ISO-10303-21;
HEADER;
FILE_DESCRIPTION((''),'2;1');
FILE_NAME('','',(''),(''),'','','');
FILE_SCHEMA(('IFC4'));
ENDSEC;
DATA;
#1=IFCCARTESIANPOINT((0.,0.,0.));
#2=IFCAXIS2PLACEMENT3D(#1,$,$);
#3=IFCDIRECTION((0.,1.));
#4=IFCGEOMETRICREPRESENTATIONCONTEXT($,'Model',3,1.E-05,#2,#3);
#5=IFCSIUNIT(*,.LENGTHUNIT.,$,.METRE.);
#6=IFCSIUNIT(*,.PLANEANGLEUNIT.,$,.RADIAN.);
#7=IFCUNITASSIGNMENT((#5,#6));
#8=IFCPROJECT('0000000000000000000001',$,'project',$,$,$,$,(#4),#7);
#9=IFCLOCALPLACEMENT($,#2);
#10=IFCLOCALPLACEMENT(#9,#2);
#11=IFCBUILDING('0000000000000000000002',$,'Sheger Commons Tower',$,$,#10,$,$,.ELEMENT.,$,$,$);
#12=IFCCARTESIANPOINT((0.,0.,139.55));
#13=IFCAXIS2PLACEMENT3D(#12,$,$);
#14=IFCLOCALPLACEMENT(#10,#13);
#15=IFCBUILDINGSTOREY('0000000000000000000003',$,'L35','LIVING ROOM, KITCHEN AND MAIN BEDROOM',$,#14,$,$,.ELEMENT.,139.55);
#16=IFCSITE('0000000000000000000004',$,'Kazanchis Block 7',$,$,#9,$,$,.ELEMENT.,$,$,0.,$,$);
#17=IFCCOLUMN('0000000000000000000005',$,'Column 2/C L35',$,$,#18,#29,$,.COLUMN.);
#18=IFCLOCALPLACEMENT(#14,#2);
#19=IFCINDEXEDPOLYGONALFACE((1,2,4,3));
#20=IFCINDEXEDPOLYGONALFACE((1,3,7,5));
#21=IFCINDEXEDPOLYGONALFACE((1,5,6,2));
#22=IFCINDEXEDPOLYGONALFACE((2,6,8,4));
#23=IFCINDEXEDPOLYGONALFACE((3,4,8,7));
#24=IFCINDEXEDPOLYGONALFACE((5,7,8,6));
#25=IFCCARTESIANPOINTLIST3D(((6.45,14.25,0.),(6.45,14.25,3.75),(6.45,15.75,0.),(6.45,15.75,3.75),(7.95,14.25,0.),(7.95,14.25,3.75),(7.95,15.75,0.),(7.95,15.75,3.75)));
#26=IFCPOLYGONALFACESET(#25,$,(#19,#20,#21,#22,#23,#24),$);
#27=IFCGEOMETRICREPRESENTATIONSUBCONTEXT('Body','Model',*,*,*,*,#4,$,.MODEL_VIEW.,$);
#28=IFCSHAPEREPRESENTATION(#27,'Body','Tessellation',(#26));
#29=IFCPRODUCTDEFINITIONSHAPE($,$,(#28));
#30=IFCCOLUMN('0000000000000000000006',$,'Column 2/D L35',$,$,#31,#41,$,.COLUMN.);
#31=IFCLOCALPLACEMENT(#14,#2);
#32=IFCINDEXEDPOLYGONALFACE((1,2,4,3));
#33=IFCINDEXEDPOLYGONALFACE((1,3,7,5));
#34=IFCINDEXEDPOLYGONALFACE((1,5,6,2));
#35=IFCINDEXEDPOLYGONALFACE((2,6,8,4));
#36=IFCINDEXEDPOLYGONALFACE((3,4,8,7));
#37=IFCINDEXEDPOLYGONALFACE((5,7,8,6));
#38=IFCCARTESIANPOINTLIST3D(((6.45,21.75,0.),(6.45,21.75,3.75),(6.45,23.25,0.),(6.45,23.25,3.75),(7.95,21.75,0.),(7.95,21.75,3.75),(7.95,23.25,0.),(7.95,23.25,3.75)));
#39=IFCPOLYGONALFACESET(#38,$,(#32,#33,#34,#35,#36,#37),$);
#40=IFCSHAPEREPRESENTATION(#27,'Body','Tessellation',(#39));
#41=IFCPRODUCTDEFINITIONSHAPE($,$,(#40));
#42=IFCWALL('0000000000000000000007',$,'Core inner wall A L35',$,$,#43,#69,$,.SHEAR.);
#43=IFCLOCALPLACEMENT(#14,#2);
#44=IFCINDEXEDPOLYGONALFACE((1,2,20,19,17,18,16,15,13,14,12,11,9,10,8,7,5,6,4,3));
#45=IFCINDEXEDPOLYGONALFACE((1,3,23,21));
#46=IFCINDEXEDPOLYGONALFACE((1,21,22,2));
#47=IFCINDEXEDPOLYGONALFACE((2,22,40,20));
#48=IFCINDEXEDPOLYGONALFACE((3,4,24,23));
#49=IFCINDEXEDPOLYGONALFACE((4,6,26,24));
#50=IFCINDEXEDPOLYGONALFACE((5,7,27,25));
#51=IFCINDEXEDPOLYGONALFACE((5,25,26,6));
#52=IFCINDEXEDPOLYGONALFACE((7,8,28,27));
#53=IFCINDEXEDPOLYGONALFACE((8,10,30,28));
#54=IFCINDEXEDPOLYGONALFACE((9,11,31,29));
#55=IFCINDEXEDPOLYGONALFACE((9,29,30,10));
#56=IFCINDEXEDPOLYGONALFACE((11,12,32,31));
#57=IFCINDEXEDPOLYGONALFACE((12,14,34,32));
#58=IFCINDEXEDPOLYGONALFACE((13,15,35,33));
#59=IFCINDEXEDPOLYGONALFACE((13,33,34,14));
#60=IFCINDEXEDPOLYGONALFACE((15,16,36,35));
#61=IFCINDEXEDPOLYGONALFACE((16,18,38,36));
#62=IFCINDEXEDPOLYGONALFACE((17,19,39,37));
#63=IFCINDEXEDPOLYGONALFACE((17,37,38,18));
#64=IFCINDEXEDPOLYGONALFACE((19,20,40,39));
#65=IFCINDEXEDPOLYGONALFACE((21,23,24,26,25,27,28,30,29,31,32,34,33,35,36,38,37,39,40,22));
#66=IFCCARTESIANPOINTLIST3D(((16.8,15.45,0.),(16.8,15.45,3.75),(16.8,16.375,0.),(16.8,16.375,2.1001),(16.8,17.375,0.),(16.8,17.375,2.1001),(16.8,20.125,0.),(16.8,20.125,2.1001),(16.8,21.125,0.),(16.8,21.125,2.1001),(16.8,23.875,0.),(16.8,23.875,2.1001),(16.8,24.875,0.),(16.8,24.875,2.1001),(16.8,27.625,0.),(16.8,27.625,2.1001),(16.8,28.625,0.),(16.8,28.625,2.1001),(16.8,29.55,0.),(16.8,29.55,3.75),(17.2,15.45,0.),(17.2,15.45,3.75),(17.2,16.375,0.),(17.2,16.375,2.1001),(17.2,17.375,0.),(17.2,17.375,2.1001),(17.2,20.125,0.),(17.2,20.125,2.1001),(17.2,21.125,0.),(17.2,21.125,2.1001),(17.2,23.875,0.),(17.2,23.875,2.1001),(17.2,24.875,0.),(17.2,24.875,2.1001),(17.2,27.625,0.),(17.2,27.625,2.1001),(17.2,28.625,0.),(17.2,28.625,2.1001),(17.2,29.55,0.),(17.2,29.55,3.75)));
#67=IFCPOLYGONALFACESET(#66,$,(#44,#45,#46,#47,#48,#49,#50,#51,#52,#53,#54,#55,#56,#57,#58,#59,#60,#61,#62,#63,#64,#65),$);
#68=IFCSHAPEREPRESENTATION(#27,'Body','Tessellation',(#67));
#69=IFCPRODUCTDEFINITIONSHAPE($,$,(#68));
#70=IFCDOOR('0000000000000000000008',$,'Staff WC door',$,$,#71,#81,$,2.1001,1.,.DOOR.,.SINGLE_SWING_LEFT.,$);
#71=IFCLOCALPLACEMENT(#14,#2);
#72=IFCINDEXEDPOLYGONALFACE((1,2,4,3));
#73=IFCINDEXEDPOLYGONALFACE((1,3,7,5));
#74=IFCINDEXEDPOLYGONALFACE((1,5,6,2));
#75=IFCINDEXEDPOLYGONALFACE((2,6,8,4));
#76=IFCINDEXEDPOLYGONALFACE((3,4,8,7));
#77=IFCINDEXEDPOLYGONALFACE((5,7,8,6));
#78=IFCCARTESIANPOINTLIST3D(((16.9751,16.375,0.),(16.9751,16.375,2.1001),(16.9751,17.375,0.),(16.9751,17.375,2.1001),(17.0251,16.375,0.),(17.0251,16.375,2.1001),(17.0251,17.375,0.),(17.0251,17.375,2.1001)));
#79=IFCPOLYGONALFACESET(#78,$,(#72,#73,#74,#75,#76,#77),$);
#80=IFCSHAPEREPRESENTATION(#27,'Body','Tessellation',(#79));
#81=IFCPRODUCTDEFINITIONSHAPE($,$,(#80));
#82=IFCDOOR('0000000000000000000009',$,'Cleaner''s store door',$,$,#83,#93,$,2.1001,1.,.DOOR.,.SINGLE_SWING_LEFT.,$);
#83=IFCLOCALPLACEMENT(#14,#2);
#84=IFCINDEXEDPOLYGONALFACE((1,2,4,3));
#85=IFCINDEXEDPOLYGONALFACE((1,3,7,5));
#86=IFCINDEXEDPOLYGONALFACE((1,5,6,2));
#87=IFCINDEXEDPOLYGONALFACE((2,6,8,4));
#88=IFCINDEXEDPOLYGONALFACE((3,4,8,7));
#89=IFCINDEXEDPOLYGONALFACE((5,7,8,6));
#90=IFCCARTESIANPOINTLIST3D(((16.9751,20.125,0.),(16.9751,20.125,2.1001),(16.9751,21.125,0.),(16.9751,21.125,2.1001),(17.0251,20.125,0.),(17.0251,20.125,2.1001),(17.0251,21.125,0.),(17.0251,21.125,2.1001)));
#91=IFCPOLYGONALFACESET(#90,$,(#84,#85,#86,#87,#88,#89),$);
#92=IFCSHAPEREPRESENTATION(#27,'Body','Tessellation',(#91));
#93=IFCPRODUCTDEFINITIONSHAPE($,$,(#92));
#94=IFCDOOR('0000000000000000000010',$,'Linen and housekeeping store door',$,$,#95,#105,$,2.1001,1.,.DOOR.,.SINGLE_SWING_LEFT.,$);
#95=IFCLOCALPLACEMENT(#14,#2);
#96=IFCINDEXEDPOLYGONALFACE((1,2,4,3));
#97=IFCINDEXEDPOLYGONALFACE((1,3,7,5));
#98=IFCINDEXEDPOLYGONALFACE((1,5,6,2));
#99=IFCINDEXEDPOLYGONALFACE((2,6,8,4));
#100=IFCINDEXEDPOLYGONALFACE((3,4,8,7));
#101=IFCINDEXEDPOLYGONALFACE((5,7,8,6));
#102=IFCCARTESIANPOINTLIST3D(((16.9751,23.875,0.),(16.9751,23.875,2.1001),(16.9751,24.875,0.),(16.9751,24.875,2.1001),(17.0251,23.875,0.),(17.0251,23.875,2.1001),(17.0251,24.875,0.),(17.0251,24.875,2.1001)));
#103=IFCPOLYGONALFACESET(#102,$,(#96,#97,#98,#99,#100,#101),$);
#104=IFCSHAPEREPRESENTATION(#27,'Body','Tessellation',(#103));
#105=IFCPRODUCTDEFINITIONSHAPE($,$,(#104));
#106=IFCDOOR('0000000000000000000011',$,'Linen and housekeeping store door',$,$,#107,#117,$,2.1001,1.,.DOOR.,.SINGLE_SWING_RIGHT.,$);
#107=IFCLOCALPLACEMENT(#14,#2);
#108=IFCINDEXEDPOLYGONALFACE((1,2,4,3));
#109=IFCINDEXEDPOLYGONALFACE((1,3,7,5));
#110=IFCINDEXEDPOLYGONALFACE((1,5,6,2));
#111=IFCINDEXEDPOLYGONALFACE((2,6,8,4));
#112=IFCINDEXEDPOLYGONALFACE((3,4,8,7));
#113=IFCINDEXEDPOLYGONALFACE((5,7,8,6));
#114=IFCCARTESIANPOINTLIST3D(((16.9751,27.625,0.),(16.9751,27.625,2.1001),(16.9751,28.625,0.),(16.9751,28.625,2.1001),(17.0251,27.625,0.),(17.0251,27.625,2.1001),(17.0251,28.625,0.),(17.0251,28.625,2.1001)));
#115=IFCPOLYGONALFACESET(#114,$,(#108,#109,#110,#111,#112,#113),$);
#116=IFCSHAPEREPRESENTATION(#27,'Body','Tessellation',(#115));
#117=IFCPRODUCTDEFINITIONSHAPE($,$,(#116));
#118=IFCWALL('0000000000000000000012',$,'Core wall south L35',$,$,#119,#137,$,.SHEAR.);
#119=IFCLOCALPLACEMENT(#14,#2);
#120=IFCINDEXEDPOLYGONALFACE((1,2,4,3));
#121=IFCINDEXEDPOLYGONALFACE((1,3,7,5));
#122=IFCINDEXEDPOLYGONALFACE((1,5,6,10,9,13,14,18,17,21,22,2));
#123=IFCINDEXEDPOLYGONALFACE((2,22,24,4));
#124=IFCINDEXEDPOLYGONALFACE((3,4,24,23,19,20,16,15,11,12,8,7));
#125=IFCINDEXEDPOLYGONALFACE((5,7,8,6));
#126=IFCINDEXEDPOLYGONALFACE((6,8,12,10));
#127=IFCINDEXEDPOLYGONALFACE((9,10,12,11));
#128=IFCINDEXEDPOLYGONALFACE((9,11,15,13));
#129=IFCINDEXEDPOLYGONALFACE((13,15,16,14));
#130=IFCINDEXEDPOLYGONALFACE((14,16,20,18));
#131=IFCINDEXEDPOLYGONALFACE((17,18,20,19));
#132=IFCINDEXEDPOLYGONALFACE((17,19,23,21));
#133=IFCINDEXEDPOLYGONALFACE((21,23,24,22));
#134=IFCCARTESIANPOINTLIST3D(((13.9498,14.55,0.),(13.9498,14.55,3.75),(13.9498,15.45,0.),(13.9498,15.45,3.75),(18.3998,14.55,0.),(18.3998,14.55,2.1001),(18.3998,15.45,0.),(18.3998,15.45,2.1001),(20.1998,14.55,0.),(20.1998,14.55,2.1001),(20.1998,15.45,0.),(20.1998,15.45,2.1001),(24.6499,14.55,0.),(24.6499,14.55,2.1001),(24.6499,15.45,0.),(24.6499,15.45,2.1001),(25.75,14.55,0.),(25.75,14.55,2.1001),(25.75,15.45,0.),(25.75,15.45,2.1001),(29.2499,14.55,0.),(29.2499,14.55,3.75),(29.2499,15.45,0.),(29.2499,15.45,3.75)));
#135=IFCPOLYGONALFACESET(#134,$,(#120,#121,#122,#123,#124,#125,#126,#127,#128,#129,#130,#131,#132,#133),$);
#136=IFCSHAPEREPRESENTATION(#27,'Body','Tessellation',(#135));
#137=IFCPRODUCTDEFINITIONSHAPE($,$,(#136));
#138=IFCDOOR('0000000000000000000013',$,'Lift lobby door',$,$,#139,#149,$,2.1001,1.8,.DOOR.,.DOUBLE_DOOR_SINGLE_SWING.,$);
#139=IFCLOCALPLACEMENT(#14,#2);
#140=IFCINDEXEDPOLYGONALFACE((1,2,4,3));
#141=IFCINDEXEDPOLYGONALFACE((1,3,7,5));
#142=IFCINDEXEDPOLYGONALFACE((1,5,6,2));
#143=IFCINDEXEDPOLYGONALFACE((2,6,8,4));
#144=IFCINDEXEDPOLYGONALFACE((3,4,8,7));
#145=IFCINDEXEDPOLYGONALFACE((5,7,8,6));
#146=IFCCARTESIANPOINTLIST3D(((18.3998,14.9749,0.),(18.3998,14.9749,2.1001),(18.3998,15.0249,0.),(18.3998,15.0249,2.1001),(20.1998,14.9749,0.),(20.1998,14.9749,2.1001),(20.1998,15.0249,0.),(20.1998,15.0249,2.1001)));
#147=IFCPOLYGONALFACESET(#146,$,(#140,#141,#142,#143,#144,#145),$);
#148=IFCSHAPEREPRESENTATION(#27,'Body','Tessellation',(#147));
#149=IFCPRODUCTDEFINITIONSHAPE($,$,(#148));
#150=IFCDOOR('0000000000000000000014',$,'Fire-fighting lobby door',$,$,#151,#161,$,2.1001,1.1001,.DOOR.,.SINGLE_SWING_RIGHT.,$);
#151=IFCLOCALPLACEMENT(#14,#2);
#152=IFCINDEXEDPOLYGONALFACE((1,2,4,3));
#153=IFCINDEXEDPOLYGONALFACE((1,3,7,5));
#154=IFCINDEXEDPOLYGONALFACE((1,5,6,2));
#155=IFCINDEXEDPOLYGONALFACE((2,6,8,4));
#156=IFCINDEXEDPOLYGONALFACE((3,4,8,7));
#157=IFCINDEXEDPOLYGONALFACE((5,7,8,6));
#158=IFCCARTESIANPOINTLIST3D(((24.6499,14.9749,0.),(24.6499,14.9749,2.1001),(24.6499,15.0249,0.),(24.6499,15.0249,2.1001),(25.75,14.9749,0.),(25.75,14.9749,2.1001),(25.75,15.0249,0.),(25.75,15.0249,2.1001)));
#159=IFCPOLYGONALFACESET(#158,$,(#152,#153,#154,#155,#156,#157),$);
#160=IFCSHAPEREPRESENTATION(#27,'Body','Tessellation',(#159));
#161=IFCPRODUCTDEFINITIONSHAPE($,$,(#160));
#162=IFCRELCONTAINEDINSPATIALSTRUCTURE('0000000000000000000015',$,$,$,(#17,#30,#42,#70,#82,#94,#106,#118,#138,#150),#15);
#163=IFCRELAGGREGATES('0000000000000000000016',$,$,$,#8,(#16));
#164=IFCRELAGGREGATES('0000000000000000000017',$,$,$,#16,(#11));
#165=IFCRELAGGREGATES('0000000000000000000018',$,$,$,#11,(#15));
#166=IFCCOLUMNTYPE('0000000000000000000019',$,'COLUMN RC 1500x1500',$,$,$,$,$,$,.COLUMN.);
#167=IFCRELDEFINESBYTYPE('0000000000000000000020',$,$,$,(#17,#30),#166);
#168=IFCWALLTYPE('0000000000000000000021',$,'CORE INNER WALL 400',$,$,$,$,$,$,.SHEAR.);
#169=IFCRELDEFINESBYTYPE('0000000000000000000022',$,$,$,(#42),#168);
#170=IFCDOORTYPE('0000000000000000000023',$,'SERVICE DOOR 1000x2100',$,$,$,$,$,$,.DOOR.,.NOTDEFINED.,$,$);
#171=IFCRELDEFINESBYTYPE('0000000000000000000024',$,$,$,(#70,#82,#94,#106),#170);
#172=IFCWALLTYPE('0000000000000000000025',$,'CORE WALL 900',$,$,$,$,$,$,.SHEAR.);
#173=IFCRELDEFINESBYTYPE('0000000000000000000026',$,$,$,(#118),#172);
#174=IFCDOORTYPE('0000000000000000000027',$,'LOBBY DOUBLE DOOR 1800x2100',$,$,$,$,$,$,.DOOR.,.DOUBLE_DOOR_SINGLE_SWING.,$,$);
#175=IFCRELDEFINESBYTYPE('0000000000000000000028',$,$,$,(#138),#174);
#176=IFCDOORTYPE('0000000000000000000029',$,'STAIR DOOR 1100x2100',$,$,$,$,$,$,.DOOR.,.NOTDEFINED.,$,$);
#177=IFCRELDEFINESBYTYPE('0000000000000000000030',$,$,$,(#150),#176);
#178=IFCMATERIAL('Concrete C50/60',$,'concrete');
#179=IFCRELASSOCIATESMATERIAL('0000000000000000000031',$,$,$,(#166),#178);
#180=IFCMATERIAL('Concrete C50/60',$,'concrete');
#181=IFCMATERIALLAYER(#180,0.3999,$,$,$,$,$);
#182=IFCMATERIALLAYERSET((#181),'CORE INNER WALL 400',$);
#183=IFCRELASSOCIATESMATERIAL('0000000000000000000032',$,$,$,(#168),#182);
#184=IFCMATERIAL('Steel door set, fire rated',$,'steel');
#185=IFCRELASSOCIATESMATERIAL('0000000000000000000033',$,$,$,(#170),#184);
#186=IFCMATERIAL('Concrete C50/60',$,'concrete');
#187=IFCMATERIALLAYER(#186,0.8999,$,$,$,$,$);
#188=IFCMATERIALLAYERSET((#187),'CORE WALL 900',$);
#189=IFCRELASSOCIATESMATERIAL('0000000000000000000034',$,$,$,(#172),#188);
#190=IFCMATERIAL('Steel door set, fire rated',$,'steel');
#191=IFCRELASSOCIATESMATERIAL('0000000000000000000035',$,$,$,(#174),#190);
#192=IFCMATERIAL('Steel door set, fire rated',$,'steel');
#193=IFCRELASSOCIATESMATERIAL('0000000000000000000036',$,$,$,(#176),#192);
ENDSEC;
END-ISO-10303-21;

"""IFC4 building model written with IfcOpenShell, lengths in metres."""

from ifc_helpers import new_model, si_unit, direction, frame, frame_2d, origin, origin_2d, place, context, subcontext, project, spatial, rectangle, extrude, material, layer, layer_set, material_profile, profile_set, type_object, element, fill, save


model = new_model("IFC4")

# Units and contexts
model_context = context("Model", 3, precision=1e-05, world=origin(), true_north=direction((0.0, 1.0)))
body_context = subcontext(model_context, "Body", "Model", "MODEL_VIEW")
ifc_project = project(units=[si_unit("LENGTHUNIT", "METRE"), si_unit("PLANEANGLEUNIT", "RADIAN")], contexts=[model_context])

# Site, building, storey
site_placement = place(None, origin())
site = spatial("IfcSite", under=ifc_project, at=site_placement, Name="Kazanchis Block 7", CompositionType="ELEMENT", RefElevation=0.0)
building_placement = place(site_placement, origin())
building = spatial("IfcBuilding", under=site, at=building_placement, Name="Sheger Commons Tower", CompositionType="ELEMENT")
storey_placement = place(building_placement, frame((0.0, 0.0, 139.55)))
storey = spatial("IfcBuildingStorey", under=building, at=storey_placement, Name="L35", Description="LIVING ROOM, KITCHEN AND MAIN BEDROOM", CompositionType="ELEMENT", Elevation=139.55)

# Columns
ifc_material_1 = material(Name="Concrete C50/60", Category="concrete")
ifc_material_profile = material_profile(ifc_material_1, rectangle(XDim=1.5, YDim=1.5, at=origin_2d()), Name="RC 1500x1500")
ifc_profile_set = profile_set([ifc_material_profile], Name="Concrete C50/60")
column_type = type_object("IfcColumnType", Name="COLUMN RC 1500x1500", PredefinedType="COLUMN", material=ifc_profile_set)
for number, where, z_axis, x_axis, name in (
    (1, (7.2, 15.0, 0.0), (0.0, 0.0, 1.0), (1.0, 0.0, 0.0), "Column 2/C L35"),
    (2, (7.2, 22.5, 0.0), (0.0, 0.0, 1.0), (1.0, 0.0, 0.0), "Column 2/D L35"),
):
    element("IfcColumn", number, at=place(storey_placement, frame(where, z_axis=z_axis, x_axis=x_axis)), inside=storey, type_object=column_type, Name=name, PredefinedType="COLUMN", context=body_context, shape_type="SweptSolid", body=[
        extrude(rectangle(XDim=1.5, YDim=1.5, at=origin_2d()), origin(), (0.0, 0.0, 1.0), 3.75),
    ])

# Walls, openings, doors
ifc_material_2 = material(Name="Concrete C50/60", Category="concrete")
ifc_layer_1 = layer(ifc_material_2, 0.3999)
ifc_layer_set_1 = layer_set([ifc_layer_1], Name="CORE INNER WALL 400")
wall_type_1 = type_object("IfcWallType", Name="CORE INNER WALL 400", PredefinedType="SHEAR", material=ifc_layer_set_1)
wall_1_placement = place(storey_placement, frame((17.0, 15.45, 0.0), z_axis=(0.0, 0.0, 1.0), x_axis=(0.0, 1.0, 0.0)))
wall_1 = element("IfcWall", 3, at=wall_1_placement, inside=storey, type_object=wall_type_1, Name="Core inner wall A L35", PredefinedType="SHEAR", context=body_context, shape_type="SweptSolid", body=[
    extrude(rectangle(XDim=14.1001, YDim=0.3999, at=frame_2d((7.05, 0.0))), origin(), (0.0, 0.0, 1.0), 3.75),
])
opening_1_placement = place(wall_1_placement, frame((0.925, 0.0, 0.0)))
opening_1 = element("IfcOpeningElement", 4, at=opening_1_placement, cuts=wall_1, PredefinedType="OPENING", context=body_context, shape_type="SweptSolid", body=[
    extrude(rectangle(XDim=1.0, YDim=2.1001, at=frame_2d((0.5, 1.05))), frame((0.0, 0.21, 0.0), z_axis=(0.0, -1.0, 0.0), x_axis=(1.0, 0.0, 0.0)), (0.0, 0.0, 1.0), 0.4199),
])
opening_2_placement = place(wall_1_placement, frame((4.675, 0.0, 0.0)))
opening_2 = element("IfcOpeningElement", 5, at=opening_2_placement, cuts=wall_1, PredefinedType="OPENING", context=body_context, shape_type="SweptSolid", body=[
    extrude(rectangle(XDim=1.0, YDim=2.1001, at=frame_2d((0.5, 1.05))), frame((0.0, 0.21, 0.0), z_axis=(0.0, -1.0, 0.0), x_axis=(1.0, 0.0, 0.0)), (0.0, 0.0, 1.0), 0.4199),
])
opening_3_placement = place(wall_1_placement, frame((8.425, 0.0, 0.0)))
opening_3 = element("IfcOpeningElement", 6, at=opening_3_placement, cuts=wall_1, PredefinedType="OPENING", context=body_context, shape_type="SweptSolid", body=[
    extrude(rectangle(XDim=1.0, YDim=2.1001, at=frame_2d((0.5, 1.05))), frame((0.0, 0.21, 0.0), z_axis=(0.0, -1.0, 0.0), x_axis=(1.0, 0.0, 0.0)), (0.0, 0.0, 1.0), 0.4199),
])
opening_4_placement = place(wall_1_placement, frame((12.175, 0.0, 0.0)))
opening_4 = element("IfcOpeningElement", 7, at=opening_4_placement, cuts=wall_1, PredefinedType="OPENING", context=body_context, shape_type="SweptSolid", body=[
    extrude(rectangle(XDim=1.0, YDim=2.1001, at=frame_2d((0.5, 1.05))), frame((0.0, 0.21, 0.0), z_axis=(0.0, -1.0, 0.0), x_axis=(1.0, 0.0, 0.0)), (0.0, 0.0, 1.0), 0.4199),
])
ifc_material_3 = material(Name="Steel door set, fire rated", Category="steel")
door_type_1 = type_object("IfcDoorType", Name="SERVICE DOOR 1000x2100", OperationType="NOTDEFINED", PredefinedType="DOOR", material=ifc_material_3)
door_1_placement = place(opening_1_placement, origin())
door_1 = element("IfcDoor", 8, at=door_1_placement, inside=storey, type_object=door_type_1, Name="Staff WC door", OperationType="SINGLE_SWING_LEFT", OverallHeight=2.1001, OverallWidth=1.0, PredefinedType="DOOR", context=body_context, shape_type="SweptSolid", body=[
    extrude(rectangle(XDim=1.0, YDim=2.1001, at=frame_2d((0.5, 1.05))), frame((0.0, 0.0249, 0.0), z_axis=(0.0, -1.0, 0.0), x_axis=(1.0, 0.0, 0.0)), (0.0, 0.0, 1.0), 0.05),
])
fill(opening_1, door_1)
door_2_placement = place(opening_2_placement, origin())
door_2 = element("IfcDoor", 9, at=door_2_placement, inside=storey, type_object=door_type_1, Name="Cleaner's store door", OperationType="SINGLE_SWING_LEFT", OverallHeight=2.1001, OverallWidth=1.0, PredefinedType="DOOR", context=body_context, shape_type="SweptSolid", body=[
    extrude(rectangle(XDim=1.0, YDim=2.1001, at=frame_2d((0.5, 1.05))), frame((0.0, 0.0249, 0.0), z_axis=(0.0, -1.0, 0.0), x_axis=(1.0, 0.0, 0.0)), (0.0, 0.0, 1.0), 0.05),
])
fill(opening_2, door_2)
door_3_placement = place(opening_3_placement, origin())
door_3 = element("IfcDoor", 10, at=door_3_placement, inside=storey, type_object=door_type_1, Name="Linen and housekeeping store door", OperationType="SINGLE_SWING_LEFT", OverallHeight=2.1001, OverallWidth=1.0, PredefinedType="DOOR", context=body_context, shape_type="SweptSolid", body=[
    extrude(rectangle(XDim=1.0, YDim=2.1001, at=frame_2d((0.5, 1.05))), frame((0.0, 0.0249, 0.0), z_axis=(0.0, -1.0, 0.0), x_axis=(1.0, 0.0, 0.0)), (0.0, 0.0, 1.0), 0.05),
])
fill(opening_3, door_3)
door_4_placement = place(opening_4_placement, origin())
door_4 = element("IfcDoor", 11, at=door_4_placement, inside=storey, type_object=door_type_1, Name="Linen and housekeeping store door", OperationType="SINGLE_SWING_RIGHT", OverallHeight=2.1001, OverallWidth=1.0, PredefinedType="DOOR", context=body_context, shape_type="SweptSolid", body=[
    extrude(rectangle(XDim=1.0, YDim=2.1001, at=frame_2d((0.5, 1.05))), frame((0.0, 0.0249, 0.0), z_axis=(0.0, -1.0, 0.0), x_axis=(1.0, 0.0, 0.0)), (0.0, 0.0, 1.0), 0.05),
])
fill(opening_4, door_4)
ifc_material_4 = material(Name="Concrete C50/60", Category="concrete")
ifc_layer_2 = layer(ifc_material_4, 0.8999)
ifc_layer_set_2 = layer_set([ifc_layer_2], Name="CORE WALL 900")
wall_type_2 = type_object("IfcWallType", Name="CORE WALL 900", PredefinedType="SHEAR", material=ifc_layer_set_2)
wall_2_placement = place(storey_placement, frame((13.95, 15.0, 0.0), z_axis=(0.0, 0.0, 1.0), x_axis=(1.0, 0.0, 0.0)))
wall_2 = element("IfcWall", 12, at=wall_2_placement, inside=storey, type_object=wall_type_2, Name="Core wall south L35", PredefinedType="SHEAR", context=body_context, shape_type="SweptSolid", body=[
    extrude(rectangle(XDim=15.3, YDim=0.8999, at=frame_2d((7.6499, 0.0))), origin(), (0.0, 0.0, 1.0), 3.75),
])
opening_5_placement = place(wall_2_placement, frame((4.45, 0.0, 0.0)))
opening_5 = element("IfcOpeningElement", 13, at=opening_5_placement, cuts=wall_2, PredefinedType="OPENING", context=body_context, shape_type="SweptSolid", body=[
    extrude(rectangle(XDim=1.8, YDim=2.1001, at=frame_2d((0.8999, 1.05))), frame((0.0, 0.46, 0.0), z_axis=(0.0, -1.0, 0.0), x_axis=(1.0, 0.0, 0.0)), (0.0, 0.0, 1.0), 0.9199),
])
opening_6_placement = place(wall_2_placement, frame((10.7, 0.0, 0.0)))
opening_6 = element("IfcOpeningElement", 14, at=opening_6_placement, cuts=wall_2, PredefinedType="OPENING", context=body_context, shape_type="SweptSolid", body=[
    extrude(rectangle(XDim=1.1001, YDim=2.1001, at=frame_2d((0.55, 1.05))), frame((0.0, 0.46, 0.0), z_axis=(0.0, -1.0, 0.0), x_axis=(1.0, 0.0, 0.0)), (0.0, 0.0, 1.0), 0.9199),
])
ifc_material_5 = material(Name="Steel door set, fire rated", Category="steel")
door_type_2 = type_object("IfcDoorType", Name="LOBBY DOUBLE DOOR 1800x2100", OperationType="DOUBLE_DOOR_SINGLE_SWING", PredefinedType="DOOR", material=ifc_material_5)
door_5_placement = place(opening_5_placement, origin())
door_5 = element("IfcDoor", 15, at=door_5_placement, inside=storey, type_object=door_type_2, Name="Lift lobby door", OperationType="DOUBLE_DOOR_SINGLE_SWING", OverallHeight=2.1001, OverallWidth=1.8, PredefinedType="DOOR", context=body_context, shape_type="SweptSolid", body=[
    extrude(rectangle(XDim=1.8, YDim=2.1001, at=frame_2d((0.8999, 1.05))), frame((0.0, 0.0249, 0.0), z_axis=(0.0, -1.0, 0.0), x_axis=(1.0, 0.0, 0.0)), (0.0, 0.0, 1.0), 0.05),
])
fill(opening_5, door_5)
ifc_material_6 = material(Name="Steel door set, fire rated", Category="steel")
door_type_3 = type_object("IfcDoorType", Name="STAIR DOOR 1100x2100", OperationType="NOTDEFINED", PredefinedType="DOOR", material=ifc_material_6)
door_6_placement = place(opening_6_placement, origin())
door_6 = element("IfcDoor", 16, at=door_6_placement, inside=storey, type_object=door_type_3, Name="Fire-fighting lobby door", OperationType="SINGLE_SWING_RIGHT", OverallHeight=2.1001, OverallWidth=1.1001, PredefinedType="DOOR", context=body_context, shape_type="SweptSolid", body=[
    extrude(rectangle(XDim=1.1001, YDim=2.1001, at=frame_2d((0.55, 1.05))), frame((0.0, 0.0249, 0.0), z_axis=(0.0, -1.0, 0.0), x_axis=(1.0, 0.0, 0.0)), (0.0, 0.0, 1.0), 0.05),
])
fill(opening_6, door_6)

save(model, "model.ifc")
